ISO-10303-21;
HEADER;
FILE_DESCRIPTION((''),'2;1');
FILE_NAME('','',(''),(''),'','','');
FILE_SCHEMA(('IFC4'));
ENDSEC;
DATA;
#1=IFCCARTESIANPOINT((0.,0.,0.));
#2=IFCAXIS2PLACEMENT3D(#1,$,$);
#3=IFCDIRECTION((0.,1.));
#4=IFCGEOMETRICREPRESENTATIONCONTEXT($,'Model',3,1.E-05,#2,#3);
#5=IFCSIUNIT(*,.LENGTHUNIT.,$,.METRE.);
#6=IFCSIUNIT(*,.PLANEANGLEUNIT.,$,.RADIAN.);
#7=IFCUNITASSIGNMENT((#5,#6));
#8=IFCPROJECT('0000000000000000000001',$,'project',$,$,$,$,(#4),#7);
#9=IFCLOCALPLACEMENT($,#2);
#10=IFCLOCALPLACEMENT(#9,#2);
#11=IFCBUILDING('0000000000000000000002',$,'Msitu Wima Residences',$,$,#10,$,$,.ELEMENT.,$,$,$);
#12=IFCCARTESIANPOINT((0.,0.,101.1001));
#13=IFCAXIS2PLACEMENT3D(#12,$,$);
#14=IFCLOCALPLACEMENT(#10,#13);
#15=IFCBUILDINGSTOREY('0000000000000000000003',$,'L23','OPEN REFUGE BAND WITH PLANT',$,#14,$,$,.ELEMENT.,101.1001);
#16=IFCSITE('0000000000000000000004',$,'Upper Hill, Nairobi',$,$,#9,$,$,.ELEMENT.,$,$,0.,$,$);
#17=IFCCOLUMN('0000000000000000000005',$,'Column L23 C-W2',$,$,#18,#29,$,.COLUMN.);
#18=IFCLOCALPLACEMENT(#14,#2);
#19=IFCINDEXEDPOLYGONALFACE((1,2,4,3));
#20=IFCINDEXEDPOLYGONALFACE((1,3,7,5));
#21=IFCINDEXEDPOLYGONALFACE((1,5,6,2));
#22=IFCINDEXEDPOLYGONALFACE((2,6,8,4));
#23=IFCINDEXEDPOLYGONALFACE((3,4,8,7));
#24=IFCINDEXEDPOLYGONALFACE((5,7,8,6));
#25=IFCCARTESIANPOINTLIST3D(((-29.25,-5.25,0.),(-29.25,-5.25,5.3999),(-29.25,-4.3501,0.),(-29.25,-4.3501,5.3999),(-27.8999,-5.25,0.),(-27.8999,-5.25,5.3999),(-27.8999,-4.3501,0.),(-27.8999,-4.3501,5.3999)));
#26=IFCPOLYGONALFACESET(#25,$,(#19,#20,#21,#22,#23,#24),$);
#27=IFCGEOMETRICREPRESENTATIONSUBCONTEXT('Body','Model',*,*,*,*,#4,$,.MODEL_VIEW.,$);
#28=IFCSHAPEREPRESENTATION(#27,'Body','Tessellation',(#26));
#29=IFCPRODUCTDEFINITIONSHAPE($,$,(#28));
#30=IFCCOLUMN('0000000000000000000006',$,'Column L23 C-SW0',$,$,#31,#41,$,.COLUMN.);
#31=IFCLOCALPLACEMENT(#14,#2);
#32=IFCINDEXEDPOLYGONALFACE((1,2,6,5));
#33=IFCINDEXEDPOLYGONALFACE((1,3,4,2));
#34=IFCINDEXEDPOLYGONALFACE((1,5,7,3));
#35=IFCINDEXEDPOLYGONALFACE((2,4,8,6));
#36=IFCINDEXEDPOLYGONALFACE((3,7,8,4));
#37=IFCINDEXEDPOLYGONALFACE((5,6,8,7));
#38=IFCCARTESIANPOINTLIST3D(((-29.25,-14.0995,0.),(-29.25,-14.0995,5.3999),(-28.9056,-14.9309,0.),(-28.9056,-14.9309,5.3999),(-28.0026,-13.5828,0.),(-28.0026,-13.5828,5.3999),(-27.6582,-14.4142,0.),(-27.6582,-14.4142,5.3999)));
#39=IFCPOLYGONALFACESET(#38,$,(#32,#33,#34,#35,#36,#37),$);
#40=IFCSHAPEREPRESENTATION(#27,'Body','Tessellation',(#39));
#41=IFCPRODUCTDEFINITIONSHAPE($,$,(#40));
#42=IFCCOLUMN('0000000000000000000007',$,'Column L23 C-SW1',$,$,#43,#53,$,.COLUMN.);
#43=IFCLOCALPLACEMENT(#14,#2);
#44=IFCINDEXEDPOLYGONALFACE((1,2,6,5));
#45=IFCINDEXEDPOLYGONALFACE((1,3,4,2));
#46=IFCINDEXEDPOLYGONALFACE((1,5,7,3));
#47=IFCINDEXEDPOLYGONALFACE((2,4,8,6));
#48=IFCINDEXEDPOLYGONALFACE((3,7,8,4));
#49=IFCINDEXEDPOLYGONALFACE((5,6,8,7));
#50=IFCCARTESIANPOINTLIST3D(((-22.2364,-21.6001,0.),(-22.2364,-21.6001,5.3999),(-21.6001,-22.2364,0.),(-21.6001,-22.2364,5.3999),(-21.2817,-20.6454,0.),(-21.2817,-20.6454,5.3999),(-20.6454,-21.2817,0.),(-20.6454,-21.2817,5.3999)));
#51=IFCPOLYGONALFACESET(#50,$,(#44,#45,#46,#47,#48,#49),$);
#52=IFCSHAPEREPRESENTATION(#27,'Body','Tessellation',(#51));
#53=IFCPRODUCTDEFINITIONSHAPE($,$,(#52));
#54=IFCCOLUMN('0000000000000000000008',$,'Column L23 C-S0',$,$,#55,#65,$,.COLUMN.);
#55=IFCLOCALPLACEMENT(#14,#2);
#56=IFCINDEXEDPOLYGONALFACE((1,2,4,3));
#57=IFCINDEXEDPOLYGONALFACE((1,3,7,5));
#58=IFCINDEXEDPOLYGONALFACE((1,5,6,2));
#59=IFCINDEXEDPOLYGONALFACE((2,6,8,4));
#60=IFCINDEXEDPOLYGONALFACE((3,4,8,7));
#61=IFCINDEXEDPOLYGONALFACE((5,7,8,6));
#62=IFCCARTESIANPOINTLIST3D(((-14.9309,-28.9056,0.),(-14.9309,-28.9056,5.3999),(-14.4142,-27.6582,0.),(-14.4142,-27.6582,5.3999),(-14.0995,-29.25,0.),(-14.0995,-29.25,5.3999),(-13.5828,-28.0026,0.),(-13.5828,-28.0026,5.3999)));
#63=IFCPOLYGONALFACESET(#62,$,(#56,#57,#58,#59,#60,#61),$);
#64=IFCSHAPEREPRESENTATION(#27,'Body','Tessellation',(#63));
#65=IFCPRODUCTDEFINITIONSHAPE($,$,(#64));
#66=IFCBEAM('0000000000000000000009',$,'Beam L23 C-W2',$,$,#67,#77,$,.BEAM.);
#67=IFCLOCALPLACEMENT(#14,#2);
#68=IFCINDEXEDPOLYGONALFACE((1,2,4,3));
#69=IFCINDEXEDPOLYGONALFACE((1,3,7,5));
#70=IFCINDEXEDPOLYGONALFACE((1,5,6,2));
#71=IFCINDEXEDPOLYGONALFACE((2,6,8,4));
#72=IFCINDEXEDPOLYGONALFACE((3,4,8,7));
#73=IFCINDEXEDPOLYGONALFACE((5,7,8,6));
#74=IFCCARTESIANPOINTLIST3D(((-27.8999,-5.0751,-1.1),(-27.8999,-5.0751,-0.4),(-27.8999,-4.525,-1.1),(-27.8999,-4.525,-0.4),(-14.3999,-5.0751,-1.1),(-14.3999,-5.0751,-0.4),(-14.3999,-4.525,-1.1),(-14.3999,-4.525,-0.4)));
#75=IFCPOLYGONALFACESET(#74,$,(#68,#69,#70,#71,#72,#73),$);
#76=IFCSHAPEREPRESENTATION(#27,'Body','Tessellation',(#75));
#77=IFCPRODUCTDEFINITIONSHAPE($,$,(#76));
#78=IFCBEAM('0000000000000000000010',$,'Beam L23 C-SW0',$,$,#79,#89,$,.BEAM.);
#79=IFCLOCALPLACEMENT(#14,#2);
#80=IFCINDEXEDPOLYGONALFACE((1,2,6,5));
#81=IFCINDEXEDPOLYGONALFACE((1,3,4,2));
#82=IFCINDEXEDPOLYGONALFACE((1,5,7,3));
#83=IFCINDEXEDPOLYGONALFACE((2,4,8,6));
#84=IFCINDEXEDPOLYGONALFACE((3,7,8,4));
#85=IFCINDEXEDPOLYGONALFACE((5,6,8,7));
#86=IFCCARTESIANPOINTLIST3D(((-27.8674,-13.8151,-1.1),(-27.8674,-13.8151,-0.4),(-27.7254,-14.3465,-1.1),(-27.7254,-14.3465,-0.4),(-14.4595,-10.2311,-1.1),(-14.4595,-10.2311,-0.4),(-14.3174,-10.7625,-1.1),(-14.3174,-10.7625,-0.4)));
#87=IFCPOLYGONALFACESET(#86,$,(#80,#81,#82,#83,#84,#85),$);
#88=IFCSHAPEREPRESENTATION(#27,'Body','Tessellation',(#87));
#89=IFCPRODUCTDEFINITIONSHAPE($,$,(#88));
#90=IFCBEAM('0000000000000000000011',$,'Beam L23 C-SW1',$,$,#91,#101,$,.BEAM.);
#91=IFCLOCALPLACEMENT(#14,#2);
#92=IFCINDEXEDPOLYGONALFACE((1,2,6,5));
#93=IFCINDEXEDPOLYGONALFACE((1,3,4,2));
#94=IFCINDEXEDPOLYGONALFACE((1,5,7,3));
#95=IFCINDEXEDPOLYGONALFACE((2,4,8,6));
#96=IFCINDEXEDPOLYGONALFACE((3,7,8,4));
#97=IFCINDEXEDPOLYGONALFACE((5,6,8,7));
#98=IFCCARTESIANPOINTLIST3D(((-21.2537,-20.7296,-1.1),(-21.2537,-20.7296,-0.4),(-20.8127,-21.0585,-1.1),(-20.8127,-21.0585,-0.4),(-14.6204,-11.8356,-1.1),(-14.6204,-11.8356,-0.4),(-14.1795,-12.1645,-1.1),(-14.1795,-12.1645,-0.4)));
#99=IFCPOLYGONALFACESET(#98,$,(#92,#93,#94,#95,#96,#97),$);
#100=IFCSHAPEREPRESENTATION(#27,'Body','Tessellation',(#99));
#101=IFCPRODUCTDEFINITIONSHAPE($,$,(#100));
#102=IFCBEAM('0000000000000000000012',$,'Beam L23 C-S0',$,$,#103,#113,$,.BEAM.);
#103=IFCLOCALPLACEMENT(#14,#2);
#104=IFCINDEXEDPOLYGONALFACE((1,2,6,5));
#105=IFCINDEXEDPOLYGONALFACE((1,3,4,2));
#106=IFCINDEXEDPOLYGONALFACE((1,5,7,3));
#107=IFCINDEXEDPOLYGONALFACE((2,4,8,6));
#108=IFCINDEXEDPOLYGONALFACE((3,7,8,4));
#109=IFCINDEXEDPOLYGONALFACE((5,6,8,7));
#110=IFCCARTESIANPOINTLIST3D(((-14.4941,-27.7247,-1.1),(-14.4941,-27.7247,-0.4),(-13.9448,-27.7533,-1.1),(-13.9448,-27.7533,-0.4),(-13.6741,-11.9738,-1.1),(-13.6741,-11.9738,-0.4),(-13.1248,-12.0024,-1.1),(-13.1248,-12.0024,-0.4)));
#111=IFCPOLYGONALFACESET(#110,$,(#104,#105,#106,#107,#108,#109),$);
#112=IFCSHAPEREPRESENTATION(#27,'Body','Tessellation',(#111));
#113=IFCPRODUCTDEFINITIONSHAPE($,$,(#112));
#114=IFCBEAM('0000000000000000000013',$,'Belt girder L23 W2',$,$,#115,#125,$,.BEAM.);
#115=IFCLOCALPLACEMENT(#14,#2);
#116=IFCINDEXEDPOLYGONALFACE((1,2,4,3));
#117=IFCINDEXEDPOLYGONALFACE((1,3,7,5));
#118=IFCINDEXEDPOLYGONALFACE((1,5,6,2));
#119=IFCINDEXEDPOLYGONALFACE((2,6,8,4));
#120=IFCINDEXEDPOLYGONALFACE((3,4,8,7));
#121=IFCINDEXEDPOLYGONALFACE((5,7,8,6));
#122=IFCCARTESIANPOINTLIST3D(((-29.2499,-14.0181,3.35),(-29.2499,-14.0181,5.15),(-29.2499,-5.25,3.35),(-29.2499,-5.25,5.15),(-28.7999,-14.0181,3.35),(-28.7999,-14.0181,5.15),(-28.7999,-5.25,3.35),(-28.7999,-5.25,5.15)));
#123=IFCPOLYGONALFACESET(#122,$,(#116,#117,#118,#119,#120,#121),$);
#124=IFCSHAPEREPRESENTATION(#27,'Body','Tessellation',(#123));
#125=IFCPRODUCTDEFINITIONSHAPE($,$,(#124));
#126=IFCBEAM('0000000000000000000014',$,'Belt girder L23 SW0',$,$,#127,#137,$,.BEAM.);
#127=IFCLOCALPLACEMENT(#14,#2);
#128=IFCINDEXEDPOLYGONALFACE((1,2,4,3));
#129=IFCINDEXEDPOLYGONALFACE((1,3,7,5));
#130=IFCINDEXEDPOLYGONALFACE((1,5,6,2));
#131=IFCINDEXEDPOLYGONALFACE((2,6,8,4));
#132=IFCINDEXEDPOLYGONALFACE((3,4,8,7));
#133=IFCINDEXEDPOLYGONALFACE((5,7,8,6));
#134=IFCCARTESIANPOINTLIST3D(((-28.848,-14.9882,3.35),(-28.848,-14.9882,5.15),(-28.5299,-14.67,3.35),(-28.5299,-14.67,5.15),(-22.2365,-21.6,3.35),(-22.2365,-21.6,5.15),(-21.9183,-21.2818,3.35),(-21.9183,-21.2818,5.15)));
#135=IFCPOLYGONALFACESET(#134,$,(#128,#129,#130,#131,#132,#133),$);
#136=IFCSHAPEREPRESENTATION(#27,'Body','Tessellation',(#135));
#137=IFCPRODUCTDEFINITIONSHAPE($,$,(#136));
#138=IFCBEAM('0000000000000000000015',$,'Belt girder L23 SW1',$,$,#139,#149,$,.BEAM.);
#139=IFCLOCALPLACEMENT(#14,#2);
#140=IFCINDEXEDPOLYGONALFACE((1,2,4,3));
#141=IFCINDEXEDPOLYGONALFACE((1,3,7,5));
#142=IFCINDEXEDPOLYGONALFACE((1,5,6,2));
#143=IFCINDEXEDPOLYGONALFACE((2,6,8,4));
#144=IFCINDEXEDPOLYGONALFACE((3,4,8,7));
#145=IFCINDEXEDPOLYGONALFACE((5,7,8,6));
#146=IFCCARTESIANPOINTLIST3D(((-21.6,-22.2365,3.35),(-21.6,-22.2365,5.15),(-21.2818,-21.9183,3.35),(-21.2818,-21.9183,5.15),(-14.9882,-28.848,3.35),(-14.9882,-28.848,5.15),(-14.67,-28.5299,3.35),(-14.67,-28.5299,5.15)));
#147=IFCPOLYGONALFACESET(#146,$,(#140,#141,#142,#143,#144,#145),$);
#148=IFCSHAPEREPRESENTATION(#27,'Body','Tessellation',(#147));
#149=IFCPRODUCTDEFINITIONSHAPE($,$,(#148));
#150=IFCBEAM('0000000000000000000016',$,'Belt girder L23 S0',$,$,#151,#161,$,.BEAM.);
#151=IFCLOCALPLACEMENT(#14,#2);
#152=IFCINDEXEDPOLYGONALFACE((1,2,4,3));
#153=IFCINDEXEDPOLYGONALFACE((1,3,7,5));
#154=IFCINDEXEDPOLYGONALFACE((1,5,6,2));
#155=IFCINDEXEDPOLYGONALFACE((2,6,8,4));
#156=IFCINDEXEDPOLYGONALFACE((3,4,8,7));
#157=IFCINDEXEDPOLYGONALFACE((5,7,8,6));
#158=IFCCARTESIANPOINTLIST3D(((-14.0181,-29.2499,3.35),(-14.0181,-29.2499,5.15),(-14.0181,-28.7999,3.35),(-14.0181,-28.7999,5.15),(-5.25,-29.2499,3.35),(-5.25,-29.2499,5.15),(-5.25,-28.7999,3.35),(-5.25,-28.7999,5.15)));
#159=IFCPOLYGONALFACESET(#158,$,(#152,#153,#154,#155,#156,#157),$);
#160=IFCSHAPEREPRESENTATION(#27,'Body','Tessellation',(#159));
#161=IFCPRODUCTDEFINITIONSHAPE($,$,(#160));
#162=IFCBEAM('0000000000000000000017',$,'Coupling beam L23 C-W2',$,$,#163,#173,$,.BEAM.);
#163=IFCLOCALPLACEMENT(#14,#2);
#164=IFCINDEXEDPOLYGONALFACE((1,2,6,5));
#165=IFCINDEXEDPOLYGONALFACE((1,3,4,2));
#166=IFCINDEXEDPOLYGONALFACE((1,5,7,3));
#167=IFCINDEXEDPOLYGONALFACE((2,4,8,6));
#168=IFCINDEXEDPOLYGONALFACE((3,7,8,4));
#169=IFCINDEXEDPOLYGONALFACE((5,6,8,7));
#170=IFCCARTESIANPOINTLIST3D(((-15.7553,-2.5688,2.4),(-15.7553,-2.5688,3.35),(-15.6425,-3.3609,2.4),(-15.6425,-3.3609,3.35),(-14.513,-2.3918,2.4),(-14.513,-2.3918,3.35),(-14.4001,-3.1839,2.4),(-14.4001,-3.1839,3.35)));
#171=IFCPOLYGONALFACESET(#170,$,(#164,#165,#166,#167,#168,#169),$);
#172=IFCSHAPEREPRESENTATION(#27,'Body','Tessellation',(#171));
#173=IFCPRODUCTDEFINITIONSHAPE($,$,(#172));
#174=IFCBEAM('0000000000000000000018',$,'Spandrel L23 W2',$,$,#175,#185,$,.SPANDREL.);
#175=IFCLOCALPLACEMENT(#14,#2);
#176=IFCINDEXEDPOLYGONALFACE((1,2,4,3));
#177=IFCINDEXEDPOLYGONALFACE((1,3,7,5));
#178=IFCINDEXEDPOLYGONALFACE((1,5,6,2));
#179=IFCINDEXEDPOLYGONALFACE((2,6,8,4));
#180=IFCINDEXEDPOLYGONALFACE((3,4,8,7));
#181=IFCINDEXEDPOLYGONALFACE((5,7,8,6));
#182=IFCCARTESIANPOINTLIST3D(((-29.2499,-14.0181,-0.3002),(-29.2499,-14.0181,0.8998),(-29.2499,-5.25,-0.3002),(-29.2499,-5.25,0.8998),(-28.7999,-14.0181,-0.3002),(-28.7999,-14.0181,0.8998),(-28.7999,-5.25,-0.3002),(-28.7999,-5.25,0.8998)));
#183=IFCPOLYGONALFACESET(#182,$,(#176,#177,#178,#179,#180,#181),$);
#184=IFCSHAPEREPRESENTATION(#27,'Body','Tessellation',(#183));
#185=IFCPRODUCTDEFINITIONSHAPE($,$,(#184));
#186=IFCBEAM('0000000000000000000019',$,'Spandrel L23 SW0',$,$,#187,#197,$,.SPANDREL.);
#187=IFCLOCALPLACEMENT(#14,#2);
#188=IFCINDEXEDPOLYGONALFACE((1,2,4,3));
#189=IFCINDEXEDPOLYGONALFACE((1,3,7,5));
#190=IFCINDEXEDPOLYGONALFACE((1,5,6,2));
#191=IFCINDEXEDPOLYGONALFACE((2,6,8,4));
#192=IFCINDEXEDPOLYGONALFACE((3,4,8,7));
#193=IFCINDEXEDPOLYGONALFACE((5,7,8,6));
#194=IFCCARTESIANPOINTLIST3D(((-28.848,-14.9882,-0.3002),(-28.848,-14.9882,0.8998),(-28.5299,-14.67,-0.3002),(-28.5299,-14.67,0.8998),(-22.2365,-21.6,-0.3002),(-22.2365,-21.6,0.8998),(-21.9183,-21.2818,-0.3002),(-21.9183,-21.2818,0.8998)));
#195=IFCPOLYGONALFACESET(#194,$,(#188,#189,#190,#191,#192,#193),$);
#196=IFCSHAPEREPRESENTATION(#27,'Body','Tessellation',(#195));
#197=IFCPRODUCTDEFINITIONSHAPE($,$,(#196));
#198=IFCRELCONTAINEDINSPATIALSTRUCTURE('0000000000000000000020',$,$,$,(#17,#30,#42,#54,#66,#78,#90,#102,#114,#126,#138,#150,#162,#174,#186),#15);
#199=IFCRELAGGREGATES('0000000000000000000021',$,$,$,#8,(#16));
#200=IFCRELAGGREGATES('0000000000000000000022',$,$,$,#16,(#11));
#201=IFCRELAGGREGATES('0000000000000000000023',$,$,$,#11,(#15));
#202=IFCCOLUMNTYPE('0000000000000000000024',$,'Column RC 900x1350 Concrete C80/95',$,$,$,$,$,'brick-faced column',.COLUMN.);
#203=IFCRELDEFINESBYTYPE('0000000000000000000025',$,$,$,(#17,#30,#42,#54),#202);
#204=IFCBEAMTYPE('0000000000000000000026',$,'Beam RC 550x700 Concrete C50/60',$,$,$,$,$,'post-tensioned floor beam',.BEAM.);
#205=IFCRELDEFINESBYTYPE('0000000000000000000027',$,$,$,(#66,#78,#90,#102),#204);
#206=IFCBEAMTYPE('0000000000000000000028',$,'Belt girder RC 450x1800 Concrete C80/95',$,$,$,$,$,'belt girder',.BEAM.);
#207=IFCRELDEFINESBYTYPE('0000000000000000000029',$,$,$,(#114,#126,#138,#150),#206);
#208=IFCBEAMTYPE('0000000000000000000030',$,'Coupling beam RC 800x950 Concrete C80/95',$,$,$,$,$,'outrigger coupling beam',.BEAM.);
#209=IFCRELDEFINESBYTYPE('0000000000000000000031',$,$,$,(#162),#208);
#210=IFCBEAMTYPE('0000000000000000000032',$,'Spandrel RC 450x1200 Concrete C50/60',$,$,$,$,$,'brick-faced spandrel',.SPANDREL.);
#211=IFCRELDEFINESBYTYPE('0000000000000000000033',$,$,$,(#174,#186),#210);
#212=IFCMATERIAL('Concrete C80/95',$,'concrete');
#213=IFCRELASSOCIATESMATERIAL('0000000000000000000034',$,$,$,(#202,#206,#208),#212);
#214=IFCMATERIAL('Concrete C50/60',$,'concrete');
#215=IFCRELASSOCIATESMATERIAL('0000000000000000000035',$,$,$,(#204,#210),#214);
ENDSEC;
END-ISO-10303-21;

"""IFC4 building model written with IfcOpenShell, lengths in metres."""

from ifc_helpers import new_model, si_unit, direction, frame, origin, origin_2d, place, context, subcontext, project, spatial, rectangle, extrude, material, material_profile, profile_set, type_object, element, save


model = new_model("IFC4")

# Units and contexts
model_context = context("Model", 3, precision=1e-05, world=origin(), true_north=direction((0.0, 1.0)))
body_context = subcontext(model_context, "Body", "Model", "MODEL_VIEW")
ifc_project = project(units=[si_unit("LENGTHUNIT", "METRE"), si_unit("PLANEANGLEUNIT", "RADIAN")], contexts=[model_context])

# Site, building, storey
site_placement = place(None, origin())
site = spatial("IfcSite", under=ifc_project, at=site_placement, Name="Upper Hill, Nairobi", CompositionType="ELEMENT", RefElevation=0.0)
building_placement = place(site_placement, origin())
building = spatial("IfcBuilding", under=site, at=building_placement, Name="Msitu Wima Residences", CompositionType="ELEMENT")
storey_placement = place(building_placement, frame((0.0, 0.0, 101.1001)))
storey = spatial("IfcBuildingStorey", under=building, at=storey_placement, Name="L23", Description="OPEN REFUGE BAND WITH PLANT", CompositionType="ELEMENT", Elevation=101.1001)

# Columns
ifc_material_1 = material(Name="Concrete C80/95", Category="concrete")
ifc_material_profile_1 = material_profile(ifc_material_1, rectangle(XDim=0.8999, YDim=1.3501, at=origin_2d()), Name="RC 900x1350")
ifc_profile_set_1 = profile_set([ifc_material_profile_1], Name="Concrete C80/95")
column_type = type_object("IfcColumnType", Name="Column RC 900x1350 Concrete C80/95", ElementType="brick-faced column", PredefinedType="COLUMN", material=ifc_profile_set_1)
for number, where, z_axis, x_axis, name in (
    (1, (-28.575, -4.8, 0.0), (0.0, 0.0, 1.0), (0.0, -1.0, 0.0), "Column L23 C-W2"),
    (2, (-28.4541, -14.2568, 0.0), (0.0, 0.0, 1.0), (0.382683, -0.92388, 0.0), "Column L23 C-SW0"),
    (3, (-21.4409, -21.4409, 0.0), (0.0, 0.0, 1.0), (0.707107, -0.707107, 0.0), "Column L23 C-SW1"),
    (4, (-14.2568, -28.4541, 0.0), (0.0, 0.0, 1.0), (0.92388, -0.382683, 0.0), "Column L23 C-S0"),
):
    element("IfcColumn", number, at=place(storey_placement, frame(where, z_axis=z_axis, x_axis=x_axis)), inside=storey, type_object=column_type, Name=name, PredefinedType="COLUMN", context=body_context, shape_type="SweptSolid", body=[
        extrude(rectangle(XDim=0.8999, YDim=1.3501, at=origin_2d()), origin(), (0.0, 0.0, 1.0), 5.3999),
    ])

# Beams
ifc_material_2 = material(Name="Concrete C50/60", Category="concrete")
ifc_material_profile_2 = material_profile(ifc_material_2, rectangle(XDim=0.55, YDim=0.7, at=origin_2d()), Name="RC 550x700")
ifc_profile_set_2 = profile_set([ifc_material_profile_2], Name="Concrete C50/60")
beam_type_1 = type_object("IfcBeamType", Name="Beam RC 550x700 Concrete C50/60", ElementType="post-tensioned floor beam", PredefinedType="BEAM", material=ifc_profile_set_2)
beam_1_placement = place(storey_placement, frame((-27.8999, -4.8, -0.75), z_axis=(1.0, 0.0, 0.0), x_axis=(0.0, 1.0, 0.0)))
element("IfcBeam", 5, at=beam_1_placement, inside=storey, type_object=beam_type_1, Name="Beam L23 C-W2", PredefinedType="BEAM", context=body_context, shape_type="SweptSolid", body=[
    extrude(rectangle(XDim=0.55, YDim=0.7, at=origin_2d()), origin(), (0.0, 0.0, 1.0), 13.5),
])
beam_2_placement = place(storey_placement, frame((-27.7964, -14.0808, -0.75), z_axis=(0.966082, 0.258236, 0.0), x_axis=(-0.258236, 0.966082, 0.0)))
element("IfcBeam", 6, at=beam_2_placement, inside=storey, type_object=beam_type_1, Name="Beam L23 C-SW0", PredefinedType="BEAM", context=body_context, shape_type="SweptSolid", body=[
    extrude(rectangle(XDim=0.55, YDim=0.7, at=origin_2d()), origin(), (0.0, 0.0, 1.0), 13.8787),
])
beam_3_placement = place(storey_placement, frame((-21.0332, -20.894, -0.75), z_axis=(0.59785, 0.801608, 0.0), x_axis=(-0.801608, 0.59785, 0.0)))
element("IfcBeam", 7, at=beam_3_placement, inside=storey, type_object=beam_type_1, Name="Beam L23 C-SW1", PredefinedType="BEAM", context=body_context, shape_type="SweptSolid", body=[
    extrude(rectangle(XDim=0.55, YDim=0.7, at=origin_2d()), origin(), (0.0, 0.0, 1.0), 11.0952),
])
beam_4_placement = place(storey_placement, frame((-14.2195, -27.739, -0.75), z_axis=(0.051994, 0.998647, 0.0), x_axis=(-0.998647, 0.051994, 0.0)))
element("IfcBeam", 8, at=beam_4_placement, inside=storey, type_object=beam_type_1, Name="Beam L23 C-S0", PredefinedType="BEAM", context=body_context, shape_type="SweptSolid", body=[
    extrude(rectangle(XDim=0.55, YDim=0.7, at=origin_2d()), origin(), (0.0, 0.0, 1.0), 15.7722),
])
ifc_material_profile_3 = material_profile(ifc_material_1, rectangle(XDim=0.45, YDim=1.8, at=origin_2d()), Name="RC 450x1800")
ifc_profile_set_3 = profile_set([ifc_material_profile_3], Name="Concrete C80/95")
beam_type_2 = type_object("IfcBeamType", Name="Belt girder RC 450x1800 Concrete C80/95", ElementType="belt girder", PredefinedType="BEAM", material=ifc_profile_set_3)
beam_5_placement = place(storey_placement, frame((-29.0249, -5.25, 4.25), z_axis=(0.0, -1.0, 0.0), x_axis=(1.0, 0.0, 0.0)))
element("IfcBeam", 9, at=beam_5_placement, inside=storey, type_object=beam_type_2, Name="Belt girder L23 W2", PredefinedType="BEAM", context=body_context, shape_type="SweptSolid", body=[
    extrude(rectangle(XDim=0.45, YDim=1.8, at=origin_2d()), origin(), (0.0, 0.0, 1.0), 8.7681),
])
for number, where, z_axis, x_axis, name in (
    (10, (-28.689, -14.8291, 4.25), (0.707094, -0.70712, 0.0), (0.70712, 0.707094, 0.0), "Belt girder L23 SW0"),
    (11, (-21.4409, -22.0774, 4.25), (0.70712, -0.707094, 0.0), (0.707094, 0.70712, 0.0), "Belt girder L23 SW1"),
):
    element("IfcBeam", number, at=place(storey_placement, frame(where, z_axis=z_axis, x_axis=x_axis)), inside=storey, type_object=beam_type_2, Name=name, PredefinedType="BEAM", context=body_context, shape_type="SweptSolid", body=[
        extrude(rectangle(XDim=0.45, YDim=1.8, at=origin_2d()), origin(), (0.0, 0.0, 1.0), 9.3503),
    ])
beam_6_placement = place(storey_placement, frame((-14.0181, -29.0249, 4.25), z_axis=(1.0, 0.0, 0.0), x_axis=(0.0, 1.0, 0.0)))
element("IfcBeam", 12, at=beam_6_placement, inside=storey, type_object=beam_type_2, Name="Belt girder L23 S0", PredefinedType="BEAM", context=body_context, shape_type="SweptSolid", body=[
    extrude(rectangle(XDim=0.45, YDim=1.8, at=origin_2d()), origin(), (0.0, 0.0, 1.0), 8.7681),
])
ifc_material_profile_4 = material_profile(ifc_material_1, rectangle(XDim=0.8, YDim=0.95, at=origin_2d()), Name="RC 800x950")
ifc_profile_set_4 = profile_set([ifc_material_profile_4], Name="Concrete C80/95")
beam_type_3 = type_object("IfcBeamType", Name="Coupling beam RC 800x950 Concrete C80/95", ElementType="outrigger coupling beam", PredefinedType="BEAM", material=ifc_profile_set_4)
beam_7_placement = place(storey_placement, frame((-14.4565, -2.7878, 2.875), z_axis=(-0.990004, -0.14104, 0.0), x_axis=(0.14104, -0.990004, 0.0)))
element("IfcBeam", 13, at=beam_7_placement, inside=storey, type_object=beam_type_3, Name="Coupling beam L23 C-W2", PredefinedType="BEAM", context=body_context, shape_type="SweptSolid", body=[
    extrude(rectangle(XDim=0.8, YDim=0.95, at=origin_2d()), origin(), (0.0, 0.0, 1.0), 1.2549),
])
ifc_material_profile_5 = material_profile(ifc_material_2, rectangle(XDim=0.45, YDim=1.2, at=origin_2d()), Name="RC 450x1200")
ifc_profile_set_5 = profile_set([ifc_material_profile_5], Name="Concrete C50/60")
beam_type_4 = type_object("IfcBeamType", Name="Spandrel RC 450x1200 Concrete C50/60", ElementType="brick-faced spandrel", PredefinedType="SPANDREL", material=ifc_profile_set_5)
beam_8_placement = place(storey_placement, frame((-29.0249, -5.25, 0.2998), z_axis=(0.0, -1.0, 0.0), x_axis=(1.0, 0.0, 0.0)))
element("IfcBeam", 14, at=beam_8_placement, inside=storey, type_object=beam_type_4, Name="Spandrel L23 W2", PredefinedType="SPANDREL", context=body_context, shape_type="SweptSolid", body=[
    extrude(rectangle(XDim=0.45, YDim=1.2, at=origin_2d()), origin(), (0.0, 0.0, 1.0), 8.7681),
])
for number, where, z_axis, x_axis, name in (
    (15, (-28.689, -14.8291, 0.2998), (0.707094, -0.70712, 0.0), (0.70712, 0.707094, 0.0), "Spandrel L23 SW0"),
):
    element("IfcBeam", number, at=place(storey_placement, frame(where, z_axis=z_axis, x_axis=x_axis)), inside=storey, type_object=beam_type_4, Name=name, PredefinedType="SPANDREL", context=body_context, shape_type="SweptSolid", body=[
        extrude(rectangle(XDim=0.45, YDim=1.2, at=origin_2d()), origin(), (0.0, 0.0, 1.0), 9.3503),
    ])

save(model, "model.ifc")
